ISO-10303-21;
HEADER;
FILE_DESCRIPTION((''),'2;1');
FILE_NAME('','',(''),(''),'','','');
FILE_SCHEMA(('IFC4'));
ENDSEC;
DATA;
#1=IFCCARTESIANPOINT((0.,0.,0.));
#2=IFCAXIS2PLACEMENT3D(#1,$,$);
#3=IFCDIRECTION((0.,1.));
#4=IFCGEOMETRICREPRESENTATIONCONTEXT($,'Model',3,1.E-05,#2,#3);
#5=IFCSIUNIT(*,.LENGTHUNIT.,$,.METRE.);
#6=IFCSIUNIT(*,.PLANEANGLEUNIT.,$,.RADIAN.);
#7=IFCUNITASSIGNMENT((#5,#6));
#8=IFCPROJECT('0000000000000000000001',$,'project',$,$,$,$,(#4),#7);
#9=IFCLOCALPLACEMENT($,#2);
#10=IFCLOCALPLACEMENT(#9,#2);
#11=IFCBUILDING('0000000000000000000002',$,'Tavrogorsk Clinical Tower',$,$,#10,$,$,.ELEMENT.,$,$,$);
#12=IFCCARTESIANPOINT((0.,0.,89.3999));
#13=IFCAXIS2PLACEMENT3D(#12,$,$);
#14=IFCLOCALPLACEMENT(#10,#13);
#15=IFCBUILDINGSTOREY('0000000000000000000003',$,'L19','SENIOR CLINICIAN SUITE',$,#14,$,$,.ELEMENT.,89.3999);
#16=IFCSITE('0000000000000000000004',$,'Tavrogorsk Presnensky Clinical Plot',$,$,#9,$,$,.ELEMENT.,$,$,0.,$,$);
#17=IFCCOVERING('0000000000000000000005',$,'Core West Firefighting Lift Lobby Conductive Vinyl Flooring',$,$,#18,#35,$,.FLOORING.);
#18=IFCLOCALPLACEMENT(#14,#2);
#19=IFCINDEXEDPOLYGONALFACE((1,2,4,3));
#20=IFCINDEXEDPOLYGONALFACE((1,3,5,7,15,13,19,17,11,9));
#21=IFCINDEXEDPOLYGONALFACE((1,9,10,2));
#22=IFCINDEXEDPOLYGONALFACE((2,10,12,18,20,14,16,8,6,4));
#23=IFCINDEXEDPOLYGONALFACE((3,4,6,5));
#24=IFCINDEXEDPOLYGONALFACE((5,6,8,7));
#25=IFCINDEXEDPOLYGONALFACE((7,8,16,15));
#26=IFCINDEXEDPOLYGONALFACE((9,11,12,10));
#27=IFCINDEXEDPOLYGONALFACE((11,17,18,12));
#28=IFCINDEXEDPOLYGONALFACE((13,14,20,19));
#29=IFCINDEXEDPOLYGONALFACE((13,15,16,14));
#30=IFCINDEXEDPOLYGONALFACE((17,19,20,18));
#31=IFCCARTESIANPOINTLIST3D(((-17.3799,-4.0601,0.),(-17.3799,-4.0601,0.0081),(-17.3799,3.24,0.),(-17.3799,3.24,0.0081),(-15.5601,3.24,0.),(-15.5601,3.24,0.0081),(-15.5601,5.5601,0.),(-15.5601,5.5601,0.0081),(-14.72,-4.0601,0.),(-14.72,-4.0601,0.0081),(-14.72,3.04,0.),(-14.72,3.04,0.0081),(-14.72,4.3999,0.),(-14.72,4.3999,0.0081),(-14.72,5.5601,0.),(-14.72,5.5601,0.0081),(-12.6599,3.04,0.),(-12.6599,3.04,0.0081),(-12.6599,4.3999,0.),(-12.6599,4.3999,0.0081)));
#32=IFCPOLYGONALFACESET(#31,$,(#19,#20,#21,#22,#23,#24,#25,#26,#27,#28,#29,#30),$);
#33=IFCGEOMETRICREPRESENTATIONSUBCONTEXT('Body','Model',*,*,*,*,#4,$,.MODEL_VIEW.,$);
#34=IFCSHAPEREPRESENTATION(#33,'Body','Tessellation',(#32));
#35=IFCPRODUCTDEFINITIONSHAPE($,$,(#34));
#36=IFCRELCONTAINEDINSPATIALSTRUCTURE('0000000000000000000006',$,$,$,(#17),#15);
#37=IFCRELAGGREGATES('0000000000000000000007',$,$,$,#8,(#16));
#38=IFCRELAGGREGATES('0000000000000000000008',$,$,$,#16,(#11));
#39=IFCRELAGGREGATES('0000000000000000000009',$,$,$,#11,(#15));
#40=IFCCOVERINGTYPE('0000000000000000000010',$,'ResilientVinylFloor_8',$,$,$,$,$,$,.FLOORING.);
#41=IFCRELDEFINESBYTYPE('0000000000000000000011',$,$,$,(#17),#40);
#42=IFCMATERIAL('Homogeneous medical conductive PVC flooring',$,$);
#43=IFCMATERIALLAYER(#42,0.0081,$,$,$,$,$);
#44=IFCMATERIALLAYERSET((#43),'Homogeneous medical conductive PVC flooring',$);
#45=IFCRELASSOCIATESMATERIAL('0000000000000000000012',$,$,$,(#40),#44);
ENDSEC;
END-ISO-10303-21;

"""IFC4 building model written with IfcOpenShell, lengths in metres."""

from ifc_helpers import new_model, si_unit, direction, frame, origin, place, context, subcontext, project, spatial, polyline, outline, extrude, material, layer, layer_set, type_object, element, save


model = new_model("IFC4")

# Units and contexts
model_context = context("Model", 3, precision=1e-05, world=origin(), true_north=direction((0.0, 1.0)))
body_context = subcontext(model_context, "Body", "Model", "MODEL_VIEW")
ifc_project = project(units=[si_unit("LENGTHUNIT", "METRE"), si_unit("PLANEANGLEUNIT", "RADIAN")], contexts=[model_context])

# Site, building, storey
site_placement = place(None, origin())
site = spatial("IfcSite", under=ifc_project, at=site_placement, Name="Tavrogorsk Presnensky Clinical Plot", CompositionType="ELEMENT", RefElevation=0.0)
building_placement = place(site_placement, origin())
building = spatial("IfcBuilding", under=site, at=building_placement, Name="Tavrogorsk Clinical Tower", CompositionType="ELEMENT")
storey_placement = place(building_placement, frame((0.0, 0.0, 89.3999)))
storey = spatial("IfcBuildingStorey", under=building, at=storey_placement, Name="L19", Description="SENIOR CLINICIAN SUITE", CompositionType="ELEMENT", Elevation=89.3999)

# Covering
ifc_material_1 = material(Name="Homogeneous medical conductive PVC flooring")
ifc_layer_1 = layer(ifc_material_1, 0.0081)
ifc_layer_set_1 = layer_set([ifc_layer_1], Name="Homogeneous medical conductive PVC flooring")
covering_type_1 = type_object("IfcCoveringType", Name="ResilientVinylFloor_8", PredefinedType="FLOORING", material=ifc_layer_set_1)
covering_1_placement = place(storey_placement, origin())
element("IfcCovering", 1, at=covering_1_placement, inside=storey, type_object=covering_type_1, Name="Core West Firefighting Lift Lobby Conductive Vinyl Flooring", PredefinedType="FLOORING", context=body_context, shape_type="SweptSolid", body=[
    extrude(outline(polyline([(-17.3799, -4.0601), (-17.3799, 3.24), (-15.5601, 3.24), (-15.5601, 5.5601), (-14.72, 5.5601), (-14.72, 4.3999), (-12.6599, 4.3999), (-12.6599, 3.04), (-14.72, 3.04), (-14.72, -4.0601), (-17.3799, -4.0601)])), origin(), (0.0, 0.0, 1.0), 0.0081),
])

save(model, "model.ifc")
